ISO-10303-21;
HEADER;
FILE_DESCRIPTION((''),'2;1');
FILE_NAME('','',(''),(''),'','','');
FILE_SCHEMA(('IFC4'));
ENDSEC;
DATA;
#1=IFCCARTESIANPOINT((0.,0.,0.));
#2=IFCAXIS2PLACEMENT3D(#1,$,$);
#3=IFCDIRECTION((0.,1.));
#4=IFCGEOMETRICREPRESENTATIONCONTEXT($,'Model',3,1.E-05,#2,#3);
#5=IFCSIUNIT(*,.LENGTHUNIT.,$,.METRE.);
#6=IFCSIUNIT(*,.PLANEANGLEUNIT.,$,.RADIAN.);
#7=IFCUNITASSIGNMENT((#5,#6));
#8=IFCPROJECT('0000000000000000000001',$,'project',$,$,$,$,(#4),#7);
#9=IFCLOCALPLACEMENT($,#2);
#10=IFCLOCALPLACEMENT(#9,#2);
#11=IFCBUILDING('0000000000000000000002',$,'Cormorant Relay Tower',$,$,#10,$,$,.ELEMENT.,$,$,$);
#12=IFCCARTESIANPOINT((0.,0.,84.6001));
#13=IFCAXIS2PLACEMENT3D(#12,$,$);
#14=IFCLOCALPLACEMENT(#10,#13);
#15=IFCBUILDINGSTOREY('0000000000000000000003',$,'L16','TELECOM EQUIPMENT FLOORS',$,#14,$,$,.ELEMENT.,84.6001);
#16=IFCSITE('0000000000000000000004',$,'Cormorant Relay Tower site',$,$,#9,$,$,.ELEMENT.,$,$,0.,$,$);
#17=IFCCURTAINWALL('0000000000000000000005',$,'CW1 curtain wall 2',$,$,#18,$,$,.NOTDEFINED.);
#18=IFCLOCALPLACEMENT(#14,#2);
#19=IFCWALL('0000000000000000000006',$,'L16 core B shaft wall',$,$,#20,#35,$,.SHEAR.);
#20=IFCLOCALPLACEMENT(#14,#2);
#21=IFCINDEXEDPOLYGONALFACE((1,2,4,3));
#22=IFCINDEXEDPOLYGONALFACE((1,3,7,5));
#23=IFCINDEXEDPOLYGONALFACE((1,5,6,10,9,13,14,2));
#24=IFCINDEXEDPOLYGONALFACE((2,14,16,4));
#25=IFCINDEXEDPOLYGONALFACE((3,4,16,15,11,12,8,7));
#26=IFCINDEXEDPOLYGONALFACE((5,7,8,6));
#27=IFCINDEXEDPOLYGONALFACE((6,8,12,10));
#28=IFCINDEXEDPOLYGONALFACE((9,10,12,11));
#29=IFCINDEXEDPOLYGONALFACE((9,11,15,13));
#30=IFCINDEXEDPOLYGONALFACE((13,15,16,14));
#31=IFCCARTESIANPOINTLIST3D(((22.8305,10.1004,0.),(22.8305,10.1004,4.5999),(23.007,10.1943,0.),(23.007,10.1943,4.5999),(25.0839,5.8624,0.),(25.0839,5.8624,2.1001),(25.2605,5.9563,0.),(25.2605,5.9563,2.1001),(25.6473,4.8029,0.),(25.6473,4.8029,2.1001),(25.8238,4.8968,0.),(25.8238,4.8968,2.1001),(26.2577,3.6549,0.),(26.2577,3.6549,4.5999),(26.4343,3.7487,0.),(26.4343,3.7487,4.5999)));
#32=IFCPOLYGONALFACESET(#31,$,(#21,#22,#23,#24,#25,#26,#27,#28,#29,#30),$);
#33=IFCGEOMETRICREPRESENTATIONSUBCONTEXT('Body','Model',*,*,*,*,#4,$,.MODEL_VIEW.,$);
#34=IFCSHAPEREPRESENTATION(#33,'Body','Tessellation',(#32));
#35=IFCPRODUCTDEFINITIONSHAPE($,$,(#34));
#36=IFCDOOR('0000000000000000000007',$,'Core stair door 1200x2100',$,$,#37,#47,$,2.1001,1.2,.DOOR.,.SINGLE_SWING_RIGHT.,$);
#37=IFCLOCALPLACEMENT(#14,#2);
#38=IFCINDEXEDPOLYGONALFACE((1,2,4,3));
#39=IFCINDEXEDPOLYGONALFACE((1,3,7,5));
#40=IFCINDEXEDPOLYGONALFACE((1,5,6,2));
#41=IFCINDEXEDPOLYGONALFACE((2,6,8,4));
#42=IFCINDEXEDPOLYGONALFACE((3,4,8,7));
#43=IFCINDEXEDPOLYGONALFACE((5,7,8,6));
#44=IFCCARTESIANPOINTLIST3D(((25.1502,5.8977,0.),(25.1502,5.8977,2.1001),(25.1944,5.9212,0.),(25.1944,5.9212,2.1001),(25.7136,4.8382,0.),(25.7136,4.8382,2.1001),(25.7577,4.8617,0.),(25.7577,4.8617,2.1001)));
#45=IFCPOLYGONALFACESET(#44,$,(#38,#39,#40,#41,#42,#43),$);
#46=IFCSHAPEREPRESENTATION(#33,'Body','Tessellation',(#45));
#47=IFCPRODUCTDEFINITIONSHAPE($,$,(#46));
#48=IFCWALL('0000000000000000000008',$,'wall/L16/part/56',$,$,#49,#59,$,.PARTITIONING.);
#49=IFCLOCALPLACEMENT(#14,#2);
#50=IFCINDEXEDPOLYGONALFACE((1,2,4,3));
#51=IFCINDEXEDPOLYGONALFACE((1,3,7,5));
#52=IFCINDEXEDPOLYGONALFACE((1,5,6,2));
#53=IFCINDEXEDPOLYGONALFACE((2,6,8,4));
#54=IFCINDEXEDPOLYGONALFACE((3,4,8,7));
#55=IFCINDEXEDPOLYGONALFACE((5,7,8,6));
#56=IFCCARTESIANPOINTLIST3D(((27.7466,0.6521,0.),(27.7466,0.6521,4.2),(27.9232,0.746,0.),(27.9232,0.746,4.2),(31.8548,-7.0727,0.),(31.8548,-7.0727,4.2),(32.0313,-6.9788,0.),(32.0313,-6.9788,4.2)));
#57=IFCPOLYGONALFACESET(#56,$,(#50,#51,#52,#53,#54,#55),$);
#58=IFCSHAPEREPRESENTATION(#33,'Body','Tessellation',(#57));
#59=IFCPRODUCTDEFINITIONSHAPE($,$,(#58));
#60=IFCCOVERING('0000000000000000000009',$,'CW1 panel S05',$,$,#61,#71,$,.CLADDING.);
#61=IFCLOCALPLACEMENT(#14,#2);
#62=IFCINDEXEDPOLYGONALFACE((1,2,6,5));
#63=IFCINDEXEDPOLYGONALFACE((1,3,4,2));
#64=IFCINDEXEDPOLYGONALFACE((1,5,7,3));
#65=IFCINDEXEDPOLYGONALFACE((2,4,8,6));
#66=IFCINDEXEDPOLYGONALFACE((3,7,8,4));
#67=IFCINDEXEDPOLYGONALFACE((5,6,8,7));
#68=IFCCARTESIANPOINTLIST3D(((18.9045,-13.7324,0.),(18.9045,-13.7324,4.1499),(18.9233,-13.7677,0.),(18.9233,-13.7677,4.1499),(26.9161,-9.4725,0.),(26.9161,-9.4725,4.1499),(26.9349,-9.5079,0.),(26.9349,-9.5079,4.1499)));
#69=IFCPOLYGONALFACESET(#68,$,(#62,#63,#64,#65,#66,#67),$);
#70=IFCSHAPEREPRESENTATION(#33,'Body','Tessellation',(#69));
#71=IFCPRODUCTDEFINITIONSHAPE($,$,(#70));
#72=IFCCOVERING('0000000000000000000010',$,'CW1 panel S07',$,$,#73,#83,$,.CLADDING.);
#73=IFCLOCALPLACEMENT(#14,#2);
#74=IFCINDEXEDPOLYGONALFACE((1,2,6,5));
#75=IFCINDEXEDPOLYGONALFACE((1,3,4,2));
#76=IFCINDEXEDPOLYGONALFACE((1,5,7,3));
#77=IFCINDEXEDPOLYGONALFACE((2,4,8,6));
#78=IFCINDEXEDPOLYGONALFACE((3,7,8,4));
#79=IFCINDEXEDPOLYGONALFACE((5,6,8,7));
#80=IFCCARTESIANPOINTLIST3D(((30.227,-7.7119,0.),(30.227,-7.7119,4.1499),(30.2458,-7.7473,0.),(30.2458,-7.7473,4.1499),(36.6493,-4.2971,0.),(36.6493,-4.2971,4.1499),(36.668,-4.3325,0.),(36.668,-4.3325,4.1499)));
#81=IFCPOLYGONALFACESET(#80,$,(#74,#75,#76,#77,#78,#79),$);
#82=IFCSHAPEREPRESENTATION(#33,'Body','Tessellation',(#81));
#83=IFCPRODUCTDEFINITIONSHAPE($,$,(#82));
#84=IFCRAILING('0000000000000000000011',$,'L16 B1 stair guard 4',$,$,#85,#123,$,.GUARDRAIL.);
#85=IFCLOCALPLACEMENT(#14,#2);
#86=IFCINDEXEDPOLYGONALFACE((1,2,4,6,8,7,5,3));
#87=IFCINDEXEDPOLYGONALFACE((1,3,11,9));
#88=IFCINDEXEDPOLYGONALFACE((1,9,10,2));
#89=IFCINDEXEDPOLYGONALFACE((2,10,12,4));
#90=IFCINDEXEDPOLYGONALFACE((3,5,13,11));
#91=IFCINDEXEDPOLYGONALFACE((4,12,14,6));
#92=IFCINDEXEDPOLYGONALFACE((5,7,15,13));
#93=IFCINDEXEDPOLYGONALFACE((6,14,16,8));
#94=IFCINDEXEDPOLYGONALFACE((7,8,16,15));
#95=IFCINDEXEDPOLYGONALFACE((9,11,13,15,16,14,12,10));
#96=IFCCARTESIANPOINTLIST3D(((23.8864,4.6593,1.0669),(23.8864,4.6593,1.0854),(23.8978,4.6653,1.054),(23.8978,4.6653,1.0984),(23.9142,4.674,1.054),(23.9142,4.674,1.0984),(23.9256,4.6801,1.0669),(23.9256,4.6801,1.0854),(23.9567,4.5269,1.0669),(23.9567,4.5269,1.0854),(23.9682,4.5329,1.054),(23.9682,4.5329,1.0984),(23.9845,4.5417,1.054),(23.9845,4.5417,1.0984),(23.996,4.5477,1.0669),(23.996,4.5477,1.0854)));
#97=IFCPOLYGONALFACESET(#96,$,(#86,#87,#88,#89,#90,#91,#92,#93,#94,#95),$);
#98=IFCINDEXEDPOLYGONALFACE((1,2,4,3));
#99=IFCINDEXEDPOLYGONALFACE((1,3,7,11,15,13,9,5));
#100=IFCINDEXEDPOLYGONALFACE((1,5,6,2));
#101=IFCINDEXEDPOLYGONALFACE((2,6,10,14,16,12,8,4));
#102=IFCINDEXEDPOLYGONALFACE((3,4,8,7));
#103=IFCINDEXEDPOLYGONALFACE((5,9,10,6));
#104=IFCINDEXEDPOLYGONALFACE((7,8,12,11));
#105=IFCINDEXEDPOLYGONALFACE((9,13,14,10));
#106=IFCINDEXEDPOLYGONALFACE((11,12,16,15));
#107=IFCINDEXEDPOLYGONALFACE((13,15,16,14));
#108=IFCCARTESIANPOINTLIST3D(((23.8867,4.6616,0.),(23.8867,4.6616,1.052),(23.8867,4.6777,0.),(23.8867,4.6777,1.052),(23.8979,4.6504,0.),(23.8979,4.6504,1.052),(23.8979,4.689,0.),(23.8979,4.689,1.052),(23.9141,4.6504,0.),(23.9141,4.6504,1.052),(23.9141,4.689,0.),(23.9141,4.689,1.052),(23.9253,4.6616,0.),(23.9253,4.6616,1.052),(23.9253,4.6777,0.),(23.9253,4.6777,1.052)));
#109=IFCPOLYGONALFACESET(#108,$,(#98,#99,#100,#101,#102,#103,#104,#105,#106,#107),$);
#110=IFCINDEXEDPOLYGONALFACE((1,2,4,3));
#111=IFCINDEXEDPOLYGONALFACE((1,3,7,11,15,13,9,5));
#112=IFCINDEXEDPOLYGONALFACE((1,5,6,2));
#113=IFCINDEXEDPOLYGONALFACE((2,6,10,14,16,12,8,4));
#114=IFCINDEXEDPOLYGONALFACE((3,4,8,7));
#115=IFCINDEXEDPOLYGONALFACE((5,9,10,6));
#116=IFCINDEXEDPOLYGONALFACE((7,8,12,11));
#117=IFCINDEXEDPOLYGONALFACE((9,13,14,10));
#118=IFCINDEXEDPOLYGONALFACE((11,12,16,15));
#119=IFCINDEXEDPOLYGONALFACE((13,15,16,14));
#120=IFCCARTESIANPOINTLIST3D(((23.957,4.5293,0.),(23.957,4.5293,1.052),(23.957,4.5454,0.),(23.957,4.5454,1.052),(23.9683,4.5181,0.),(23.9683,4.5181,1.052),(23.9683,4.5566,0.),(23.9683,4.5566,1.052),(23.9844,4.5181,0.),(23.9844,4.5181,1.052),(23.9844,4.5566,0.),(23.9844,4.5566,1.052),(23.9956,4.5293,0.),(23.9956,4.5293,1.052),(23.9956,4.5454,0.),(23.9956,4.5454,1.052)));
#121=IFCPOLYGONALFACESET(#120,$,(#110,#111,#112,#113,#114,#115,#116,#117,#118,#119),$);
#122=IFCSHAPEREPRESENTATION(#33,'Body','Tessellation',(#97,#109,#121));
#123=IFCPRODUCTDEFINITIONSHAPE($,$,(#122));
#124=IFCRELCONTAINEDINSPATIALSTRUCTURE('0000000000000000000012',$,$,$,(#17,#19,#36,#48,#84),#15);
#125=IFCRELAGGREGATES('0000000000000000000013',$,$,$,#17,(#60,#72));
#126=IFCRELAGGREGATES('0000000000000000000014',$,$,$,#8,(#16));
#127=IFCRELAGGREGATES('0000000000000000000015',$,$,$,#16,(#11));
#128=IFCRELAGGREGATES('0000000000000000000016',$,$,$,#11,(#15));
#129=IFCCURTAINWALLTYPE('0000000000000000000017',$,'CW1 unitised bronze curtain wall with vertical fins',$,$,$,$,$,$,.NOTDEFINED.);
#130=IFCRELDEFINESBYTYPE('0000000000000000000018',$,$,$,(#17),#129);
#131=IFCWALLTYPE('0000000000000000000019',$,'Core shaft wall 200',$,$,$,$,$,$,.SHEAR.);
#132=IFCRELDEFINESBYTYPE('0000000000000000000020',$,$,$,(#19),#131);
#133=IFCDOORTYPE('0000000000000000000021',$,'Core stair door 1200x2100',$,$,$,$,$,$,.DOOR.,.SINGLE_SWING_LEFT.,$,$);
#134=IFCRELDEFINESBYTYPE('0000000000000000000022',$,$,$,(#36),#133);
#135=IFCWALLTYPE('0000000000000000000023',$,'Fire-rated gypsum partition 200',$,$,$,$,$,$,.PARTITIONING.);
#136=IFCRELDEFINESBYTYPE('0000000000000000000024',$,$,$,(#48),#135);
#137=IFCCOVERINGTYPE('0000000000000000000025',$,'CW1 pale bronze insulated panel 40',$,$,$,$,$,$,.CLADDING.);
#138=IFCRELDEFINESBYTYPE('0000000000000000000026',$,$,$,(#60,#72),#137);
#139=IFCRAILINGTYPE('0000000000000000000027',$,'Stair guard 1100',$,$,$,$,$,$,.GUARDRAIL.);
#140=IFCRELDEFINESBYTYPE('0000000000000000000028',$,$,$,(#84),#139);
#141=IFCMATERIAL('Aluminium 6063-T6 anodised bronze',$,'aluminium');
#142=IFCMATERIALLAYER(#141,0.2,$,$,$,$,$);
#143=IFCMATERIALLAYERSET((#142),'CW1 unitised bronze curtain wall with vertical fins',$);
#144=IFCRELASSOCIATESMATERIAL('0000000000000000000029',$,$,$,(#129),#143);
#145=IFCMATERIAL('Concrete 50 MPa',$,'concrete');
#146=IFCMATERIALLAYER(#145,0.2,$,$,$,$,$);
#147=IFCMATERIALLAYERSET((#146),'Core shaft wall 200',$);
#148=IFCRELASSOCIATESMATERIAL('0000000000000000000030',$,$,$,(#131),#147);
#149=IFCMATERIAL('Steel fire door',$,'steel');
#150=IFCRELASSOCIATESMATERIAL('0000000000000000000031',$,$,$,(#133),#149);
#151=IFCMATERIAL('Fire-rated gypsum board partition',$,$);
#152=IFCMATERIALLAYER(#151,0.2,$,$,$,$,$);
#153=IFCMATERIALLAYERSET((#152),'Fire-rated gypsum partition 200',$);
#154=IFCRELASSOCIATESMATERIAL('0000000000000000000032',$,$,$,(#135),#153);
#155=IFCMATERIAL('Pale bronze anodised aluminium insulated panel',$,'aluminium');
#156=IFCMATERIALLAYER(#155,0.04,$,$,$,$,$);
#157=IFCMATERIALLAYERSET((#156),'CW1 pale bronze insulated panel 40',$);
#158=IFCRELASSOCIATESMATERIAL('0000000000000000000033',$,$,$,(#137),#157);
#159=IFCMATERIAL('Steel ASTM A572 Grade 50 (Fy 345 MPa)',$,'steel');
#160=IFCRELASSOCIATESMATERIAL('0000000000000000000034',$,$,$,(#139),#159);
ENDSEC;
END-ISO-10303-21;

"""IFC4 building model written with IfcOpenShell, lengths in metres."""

from ifc_helpers import new_model, si_unit, direction, frame, frame_2d, origin, origin_2d, place, context, subcontext, project, spatial, polyline, rectangle, outline, extrude, material, layer, layer_set, type_object, element, fill, aggregate, save


model = new_model("IFC4")

# Units and contexts
model_context = context("Model", 3, precision=1e-05, world=origin(), true_north=direction((0.0, 1.0)))
body_context = subcontext(model_context, "Body", "Model", "MODEL_VIEW")
ifc_project = project(units=[si_unit("LENGTHUNIT", "METRE"), si_unit("PLANEANGLEUNIT", "RADIAN")], contexts=[model_context])

# Site, building, storey
site_placement = place(None, origin())
site = spatial("IfcSite", under=ifc_project, at=site_placement, Name="Cormorant Relay Tower site", CompositionType="ELEMENT", RefElevation=0.0)
building_placement = place(site_placement, origin())
building = spatial("IfcBuilding", under=site, at=building_placement, Name="Cormorant Relay Tower", CompositionType="ELEMENT")
storey_placement = place(building_placement, frame((0.0, 0.0, 84.6001)))
storey = spatial("IfcBuildingStorey", under=building, at=storey_placement, Name="L16", Description="TELECOM EQUIPMENT FLOORS", CompositionType="ELEMENT", Elevation=84.6001)

# Curtain wall
ifc_material_1 = material(Name="Aluminium 6063-T6 anodised bronze", Category="aluminium")
ifc_layer_1 = layer(ifc_material_1, 0.2)
ifc_layer_set_1 = layer_set([ifc_layer_1], Name="CW1 unitised bronze curtain wall with vertical fins")
curtain_wall_type = type_object("IfcCurtainWallType", Name="CW1 unitised bronze curtain wall with vertical fins", PredefinedType="NOTDEFINED", material=ifc_layer_set_1)
curtain_wall_placement = place(storey_placement, origin())
curtain_wall = element("IfcCurtainWall", 1, at=curtain_wall_placement, inside=storey, type_object=curtain_wall_type, Name="CW1 curtain wall 2", PredefinedType="NOTDEFINED")

# Wall, opening, door
ifc_material_2 = material(Name="Concrete 50 MPa", Category="concrete")
ifc_layer_2 = layer(ifc_material_2, 0.2)
ifc_layer_set_2 = layer_set([ifc_layer_2], Name="Core shaft wall 200")
wall_type_1 = type_object("IfcWallType", Name="Core shaft wall 200", PredefinedType="SHEAR", material=ifc_layer_set_2)
wall_1_placement = place(storey_placement, frame((26.3459, 3.7019, 0.0), z_axis=(0.0, 0.0, 1.0), x_axis=(-0.46948, 0.882943, 0.0)))
wall_1 = element("IfcWall", 2, at=wall_1_placement, inside=storey, type_object=wall_type_1, Name="L16 core B shaft wall", PredefinedType="SHEAR", context=body_context, shape_type="SweptSolid", body=[
    extrude(rectangle(XDim=7.3, YDim=0.2, at=frame_2d((3.6499, 0.0))), origin(), (0.0, 0.0, 1.0), 4.5999),
])
opening_placement = place(wall_1_placement, frame((1.3, 0.0, 0.0)))
opening = element("IfcOpeningElement", 3, at=opening_placement, cuts=wall_1, PredefinedType="OPENING", context=body_context, shape_type="SweptSolid", body=[
    extrude(rectangle(XDim=1.2, YDim=2.1001, at=frame_2d((0.6001, 1.05))), frame((0.0, 0.1099, 0.0), z_axis=(0.0, -1.0, 0.0), x_axis=(1.0, 0.0, 0.0)), (0.0, 0.0, 1.0), 0.22),
])
ifc_material_3 = material(Name="Steel fire door", Category="steel")
door_type = type_object("IfcDoorType", Name="Core stair door 1200x2100", OperationType="SINGLE_SWING_LEFT", PredefinedType="DOOR", material=ifc_material_3)
door_placement = place(opening_placement, origin())
door = element("IfcDoor", 4, at=door_placement, inside=storey, type_object=door_type, Name="Core stair door 1200x2100", OperationType="SINGLE_SWING_RIGHT", OverallHeight=2.1001, OverallWidth=1.2, PredefinedType="DOOR", context=body_context, shape_type="SweptSolid", body=[
    extrude(rectangle(XDim=1.2, YDim=2.1001, at=frame_2d((0.6001, 1.05))), frame((0.0, 0.0249, 0.0), z_axis=(0.0, -1.0, 0.0), x_axis=(1.0, 0.0, 0.0)), (0.0, 0.0, 1.0), 0.05),
])
fill(opening, door)

# Wall
ifc_material_4 = material(Name="Fire-rated gypsum board partition")
ifc_layer_3 = layer(ifc_material_4, 0.2)
ifc_layer_set_3 = layer_set([ifc_layer_3], Name="Fire-rated gypsum partition 200")
wall_type_2 = type_object("IfcWallType", Name="Fire-rated gypsum partition 200", PredefinedType="PARTITIONING", material=ifc_layer_set_3)
wall_2_placement = place(storey_placement, frame((27.835, 0.699, 0.0), z_axis=(0.0, 0.0, 1.0), x_axis=(0.469541, -0.882911, 0.0)))
element("IfcWall", 5, at=wall_2_placement, inside=storey, type_object=wall_type_2, Name="wall/L16/part/56", PredefinedType="PARTITIONING", context=body_context, shape_type="SweptSolid", body=[
    extrude(rectangle(XDim=8.7493, YDim=0.2, at=frame_2d((4.3745, 0.0))), origin(), (0.0, 0.0, 1.0), 4.2),
])

# Coverings
ifc_material_5 = material(Name="Pale bronze anodised aluminium insulated panel", Category="aluminium")
ifc_layer_4 = layer(ifc_material_5, 0.04)
ifc_layer_set_4 = layer_set([ifc_layer_4], Name="CW1 pale bronze insulated panel 40")
covering_type = type_object("IfcCoveringType", Name="CW1 pale bronze insulated panel 40", PredefinedType="CLADDING", material=ifc_layer_set_4)
covering_1_placement = place(storey_placement, frame((22.9197, -11.6201, 0.0), z_axis=(0.0, 0.0, 1.0), x_axis=(0.882948, 0.469472, 0.0)))
covering_1 = element("IfcCovering", 6, at=covering_1_placement, type_object=covering_type, Name="CW1 panel S05", PredefinedType="CLADDING", context=body_context, shape_type="SweptSolid", body=[
    extrude(rectangle(XDim=9.0737, YDim=0.04, at=origin_2d()), origin(), (0.0, 0.0, 1.0), 4.1499),
])
covering_2_placement = place(storey_placement, frame((33.4475, -6.0222, 0.0), z_axis=(0.0, 0.0, 1.0), x_axis=(0.882948, 0.469472, 0.0)))
covering_2 = element("IfcCovering", 7, at=covering_2_placement, type_object=covering_type, Name="CW1 panel S07", PredefinedType="CLADDING", context=body_context, shape_type="SweptSolid", body=[
    extrude(rectangle(XDim=7.2737, YDim=0.04, at=origin_2d()), origin(), (0.0, 0.0, 1.0), 4.1499),
])
aggregate(curtain_wall, [covering_1, covering_2])

# Railing
ifc_material_6 = material(Name="Steel ASTM A572 Grade 50 (Fy 345 MPa)", Category="steel")
railing_type_1 = type_object("IfcRailingType", Name="Stair guard 1100", PredefinedType="GUARDRAIL", material=ifc_material_6)
railing_1_placement = place(storey_placement, frame((23.906, 4.6697, 0.0)))
element("IfcRailing", 8, at=railing_1_placement, inside=storey, type_object=railing_type_1, Name="L16 B1 stair guard 4", PredefinedType="GUARDRAIL", context=body_context, shape_type="SweptSolid", body=[
    extrude(outline(polyline([(0.0222, 0.0093), (0.0093, 0.0222), (-0.0093, 0.0222), (-0.0222, 0.0093), (-0.0222, -0.0093), (-0.0093, -0.0222), (0.0093, -0.0222), (0.0222, -0.0093), (0.0222, 0.0093)])), frame((0.0, 0.0, 1.0762), z_axis=(0.469235, -0.883074, 0.0), x_axis=(0.883074, 0.469235, 0.0)), (0.0, 0.0, 1.0), 0.1499),
    extrude(outline(polyline([(0.0193, 0.0081), (0.0081, 0.0193), (-0.0081, 0.0193), (-0.0193, 0.0081), (-0.0193, -0.0081), (-0.0081, -0.0193), (0.0081, -0.0193), (0.0193, -0.0081), (0.0193, 0.0081)])), origin(), (0.0, 0.0, 1.0), 1.052),
    extrude(outline(polyline([(0.0193, 0.0081), (0.0081, 0.0193), (-0.0081, 0.0193), (-0.0193, 0.0081), (-0.0193, -0.0081), (-0.0081, -0.0193), (0.0081, -0.0193), (0.0193, -0.0081), (0.0193, 0.0081)])), frame((0.0703, -0.1323, 0.0)), (0.0, 0.0, 1.0), 1.052),
])

save(model, "model.ifc")
